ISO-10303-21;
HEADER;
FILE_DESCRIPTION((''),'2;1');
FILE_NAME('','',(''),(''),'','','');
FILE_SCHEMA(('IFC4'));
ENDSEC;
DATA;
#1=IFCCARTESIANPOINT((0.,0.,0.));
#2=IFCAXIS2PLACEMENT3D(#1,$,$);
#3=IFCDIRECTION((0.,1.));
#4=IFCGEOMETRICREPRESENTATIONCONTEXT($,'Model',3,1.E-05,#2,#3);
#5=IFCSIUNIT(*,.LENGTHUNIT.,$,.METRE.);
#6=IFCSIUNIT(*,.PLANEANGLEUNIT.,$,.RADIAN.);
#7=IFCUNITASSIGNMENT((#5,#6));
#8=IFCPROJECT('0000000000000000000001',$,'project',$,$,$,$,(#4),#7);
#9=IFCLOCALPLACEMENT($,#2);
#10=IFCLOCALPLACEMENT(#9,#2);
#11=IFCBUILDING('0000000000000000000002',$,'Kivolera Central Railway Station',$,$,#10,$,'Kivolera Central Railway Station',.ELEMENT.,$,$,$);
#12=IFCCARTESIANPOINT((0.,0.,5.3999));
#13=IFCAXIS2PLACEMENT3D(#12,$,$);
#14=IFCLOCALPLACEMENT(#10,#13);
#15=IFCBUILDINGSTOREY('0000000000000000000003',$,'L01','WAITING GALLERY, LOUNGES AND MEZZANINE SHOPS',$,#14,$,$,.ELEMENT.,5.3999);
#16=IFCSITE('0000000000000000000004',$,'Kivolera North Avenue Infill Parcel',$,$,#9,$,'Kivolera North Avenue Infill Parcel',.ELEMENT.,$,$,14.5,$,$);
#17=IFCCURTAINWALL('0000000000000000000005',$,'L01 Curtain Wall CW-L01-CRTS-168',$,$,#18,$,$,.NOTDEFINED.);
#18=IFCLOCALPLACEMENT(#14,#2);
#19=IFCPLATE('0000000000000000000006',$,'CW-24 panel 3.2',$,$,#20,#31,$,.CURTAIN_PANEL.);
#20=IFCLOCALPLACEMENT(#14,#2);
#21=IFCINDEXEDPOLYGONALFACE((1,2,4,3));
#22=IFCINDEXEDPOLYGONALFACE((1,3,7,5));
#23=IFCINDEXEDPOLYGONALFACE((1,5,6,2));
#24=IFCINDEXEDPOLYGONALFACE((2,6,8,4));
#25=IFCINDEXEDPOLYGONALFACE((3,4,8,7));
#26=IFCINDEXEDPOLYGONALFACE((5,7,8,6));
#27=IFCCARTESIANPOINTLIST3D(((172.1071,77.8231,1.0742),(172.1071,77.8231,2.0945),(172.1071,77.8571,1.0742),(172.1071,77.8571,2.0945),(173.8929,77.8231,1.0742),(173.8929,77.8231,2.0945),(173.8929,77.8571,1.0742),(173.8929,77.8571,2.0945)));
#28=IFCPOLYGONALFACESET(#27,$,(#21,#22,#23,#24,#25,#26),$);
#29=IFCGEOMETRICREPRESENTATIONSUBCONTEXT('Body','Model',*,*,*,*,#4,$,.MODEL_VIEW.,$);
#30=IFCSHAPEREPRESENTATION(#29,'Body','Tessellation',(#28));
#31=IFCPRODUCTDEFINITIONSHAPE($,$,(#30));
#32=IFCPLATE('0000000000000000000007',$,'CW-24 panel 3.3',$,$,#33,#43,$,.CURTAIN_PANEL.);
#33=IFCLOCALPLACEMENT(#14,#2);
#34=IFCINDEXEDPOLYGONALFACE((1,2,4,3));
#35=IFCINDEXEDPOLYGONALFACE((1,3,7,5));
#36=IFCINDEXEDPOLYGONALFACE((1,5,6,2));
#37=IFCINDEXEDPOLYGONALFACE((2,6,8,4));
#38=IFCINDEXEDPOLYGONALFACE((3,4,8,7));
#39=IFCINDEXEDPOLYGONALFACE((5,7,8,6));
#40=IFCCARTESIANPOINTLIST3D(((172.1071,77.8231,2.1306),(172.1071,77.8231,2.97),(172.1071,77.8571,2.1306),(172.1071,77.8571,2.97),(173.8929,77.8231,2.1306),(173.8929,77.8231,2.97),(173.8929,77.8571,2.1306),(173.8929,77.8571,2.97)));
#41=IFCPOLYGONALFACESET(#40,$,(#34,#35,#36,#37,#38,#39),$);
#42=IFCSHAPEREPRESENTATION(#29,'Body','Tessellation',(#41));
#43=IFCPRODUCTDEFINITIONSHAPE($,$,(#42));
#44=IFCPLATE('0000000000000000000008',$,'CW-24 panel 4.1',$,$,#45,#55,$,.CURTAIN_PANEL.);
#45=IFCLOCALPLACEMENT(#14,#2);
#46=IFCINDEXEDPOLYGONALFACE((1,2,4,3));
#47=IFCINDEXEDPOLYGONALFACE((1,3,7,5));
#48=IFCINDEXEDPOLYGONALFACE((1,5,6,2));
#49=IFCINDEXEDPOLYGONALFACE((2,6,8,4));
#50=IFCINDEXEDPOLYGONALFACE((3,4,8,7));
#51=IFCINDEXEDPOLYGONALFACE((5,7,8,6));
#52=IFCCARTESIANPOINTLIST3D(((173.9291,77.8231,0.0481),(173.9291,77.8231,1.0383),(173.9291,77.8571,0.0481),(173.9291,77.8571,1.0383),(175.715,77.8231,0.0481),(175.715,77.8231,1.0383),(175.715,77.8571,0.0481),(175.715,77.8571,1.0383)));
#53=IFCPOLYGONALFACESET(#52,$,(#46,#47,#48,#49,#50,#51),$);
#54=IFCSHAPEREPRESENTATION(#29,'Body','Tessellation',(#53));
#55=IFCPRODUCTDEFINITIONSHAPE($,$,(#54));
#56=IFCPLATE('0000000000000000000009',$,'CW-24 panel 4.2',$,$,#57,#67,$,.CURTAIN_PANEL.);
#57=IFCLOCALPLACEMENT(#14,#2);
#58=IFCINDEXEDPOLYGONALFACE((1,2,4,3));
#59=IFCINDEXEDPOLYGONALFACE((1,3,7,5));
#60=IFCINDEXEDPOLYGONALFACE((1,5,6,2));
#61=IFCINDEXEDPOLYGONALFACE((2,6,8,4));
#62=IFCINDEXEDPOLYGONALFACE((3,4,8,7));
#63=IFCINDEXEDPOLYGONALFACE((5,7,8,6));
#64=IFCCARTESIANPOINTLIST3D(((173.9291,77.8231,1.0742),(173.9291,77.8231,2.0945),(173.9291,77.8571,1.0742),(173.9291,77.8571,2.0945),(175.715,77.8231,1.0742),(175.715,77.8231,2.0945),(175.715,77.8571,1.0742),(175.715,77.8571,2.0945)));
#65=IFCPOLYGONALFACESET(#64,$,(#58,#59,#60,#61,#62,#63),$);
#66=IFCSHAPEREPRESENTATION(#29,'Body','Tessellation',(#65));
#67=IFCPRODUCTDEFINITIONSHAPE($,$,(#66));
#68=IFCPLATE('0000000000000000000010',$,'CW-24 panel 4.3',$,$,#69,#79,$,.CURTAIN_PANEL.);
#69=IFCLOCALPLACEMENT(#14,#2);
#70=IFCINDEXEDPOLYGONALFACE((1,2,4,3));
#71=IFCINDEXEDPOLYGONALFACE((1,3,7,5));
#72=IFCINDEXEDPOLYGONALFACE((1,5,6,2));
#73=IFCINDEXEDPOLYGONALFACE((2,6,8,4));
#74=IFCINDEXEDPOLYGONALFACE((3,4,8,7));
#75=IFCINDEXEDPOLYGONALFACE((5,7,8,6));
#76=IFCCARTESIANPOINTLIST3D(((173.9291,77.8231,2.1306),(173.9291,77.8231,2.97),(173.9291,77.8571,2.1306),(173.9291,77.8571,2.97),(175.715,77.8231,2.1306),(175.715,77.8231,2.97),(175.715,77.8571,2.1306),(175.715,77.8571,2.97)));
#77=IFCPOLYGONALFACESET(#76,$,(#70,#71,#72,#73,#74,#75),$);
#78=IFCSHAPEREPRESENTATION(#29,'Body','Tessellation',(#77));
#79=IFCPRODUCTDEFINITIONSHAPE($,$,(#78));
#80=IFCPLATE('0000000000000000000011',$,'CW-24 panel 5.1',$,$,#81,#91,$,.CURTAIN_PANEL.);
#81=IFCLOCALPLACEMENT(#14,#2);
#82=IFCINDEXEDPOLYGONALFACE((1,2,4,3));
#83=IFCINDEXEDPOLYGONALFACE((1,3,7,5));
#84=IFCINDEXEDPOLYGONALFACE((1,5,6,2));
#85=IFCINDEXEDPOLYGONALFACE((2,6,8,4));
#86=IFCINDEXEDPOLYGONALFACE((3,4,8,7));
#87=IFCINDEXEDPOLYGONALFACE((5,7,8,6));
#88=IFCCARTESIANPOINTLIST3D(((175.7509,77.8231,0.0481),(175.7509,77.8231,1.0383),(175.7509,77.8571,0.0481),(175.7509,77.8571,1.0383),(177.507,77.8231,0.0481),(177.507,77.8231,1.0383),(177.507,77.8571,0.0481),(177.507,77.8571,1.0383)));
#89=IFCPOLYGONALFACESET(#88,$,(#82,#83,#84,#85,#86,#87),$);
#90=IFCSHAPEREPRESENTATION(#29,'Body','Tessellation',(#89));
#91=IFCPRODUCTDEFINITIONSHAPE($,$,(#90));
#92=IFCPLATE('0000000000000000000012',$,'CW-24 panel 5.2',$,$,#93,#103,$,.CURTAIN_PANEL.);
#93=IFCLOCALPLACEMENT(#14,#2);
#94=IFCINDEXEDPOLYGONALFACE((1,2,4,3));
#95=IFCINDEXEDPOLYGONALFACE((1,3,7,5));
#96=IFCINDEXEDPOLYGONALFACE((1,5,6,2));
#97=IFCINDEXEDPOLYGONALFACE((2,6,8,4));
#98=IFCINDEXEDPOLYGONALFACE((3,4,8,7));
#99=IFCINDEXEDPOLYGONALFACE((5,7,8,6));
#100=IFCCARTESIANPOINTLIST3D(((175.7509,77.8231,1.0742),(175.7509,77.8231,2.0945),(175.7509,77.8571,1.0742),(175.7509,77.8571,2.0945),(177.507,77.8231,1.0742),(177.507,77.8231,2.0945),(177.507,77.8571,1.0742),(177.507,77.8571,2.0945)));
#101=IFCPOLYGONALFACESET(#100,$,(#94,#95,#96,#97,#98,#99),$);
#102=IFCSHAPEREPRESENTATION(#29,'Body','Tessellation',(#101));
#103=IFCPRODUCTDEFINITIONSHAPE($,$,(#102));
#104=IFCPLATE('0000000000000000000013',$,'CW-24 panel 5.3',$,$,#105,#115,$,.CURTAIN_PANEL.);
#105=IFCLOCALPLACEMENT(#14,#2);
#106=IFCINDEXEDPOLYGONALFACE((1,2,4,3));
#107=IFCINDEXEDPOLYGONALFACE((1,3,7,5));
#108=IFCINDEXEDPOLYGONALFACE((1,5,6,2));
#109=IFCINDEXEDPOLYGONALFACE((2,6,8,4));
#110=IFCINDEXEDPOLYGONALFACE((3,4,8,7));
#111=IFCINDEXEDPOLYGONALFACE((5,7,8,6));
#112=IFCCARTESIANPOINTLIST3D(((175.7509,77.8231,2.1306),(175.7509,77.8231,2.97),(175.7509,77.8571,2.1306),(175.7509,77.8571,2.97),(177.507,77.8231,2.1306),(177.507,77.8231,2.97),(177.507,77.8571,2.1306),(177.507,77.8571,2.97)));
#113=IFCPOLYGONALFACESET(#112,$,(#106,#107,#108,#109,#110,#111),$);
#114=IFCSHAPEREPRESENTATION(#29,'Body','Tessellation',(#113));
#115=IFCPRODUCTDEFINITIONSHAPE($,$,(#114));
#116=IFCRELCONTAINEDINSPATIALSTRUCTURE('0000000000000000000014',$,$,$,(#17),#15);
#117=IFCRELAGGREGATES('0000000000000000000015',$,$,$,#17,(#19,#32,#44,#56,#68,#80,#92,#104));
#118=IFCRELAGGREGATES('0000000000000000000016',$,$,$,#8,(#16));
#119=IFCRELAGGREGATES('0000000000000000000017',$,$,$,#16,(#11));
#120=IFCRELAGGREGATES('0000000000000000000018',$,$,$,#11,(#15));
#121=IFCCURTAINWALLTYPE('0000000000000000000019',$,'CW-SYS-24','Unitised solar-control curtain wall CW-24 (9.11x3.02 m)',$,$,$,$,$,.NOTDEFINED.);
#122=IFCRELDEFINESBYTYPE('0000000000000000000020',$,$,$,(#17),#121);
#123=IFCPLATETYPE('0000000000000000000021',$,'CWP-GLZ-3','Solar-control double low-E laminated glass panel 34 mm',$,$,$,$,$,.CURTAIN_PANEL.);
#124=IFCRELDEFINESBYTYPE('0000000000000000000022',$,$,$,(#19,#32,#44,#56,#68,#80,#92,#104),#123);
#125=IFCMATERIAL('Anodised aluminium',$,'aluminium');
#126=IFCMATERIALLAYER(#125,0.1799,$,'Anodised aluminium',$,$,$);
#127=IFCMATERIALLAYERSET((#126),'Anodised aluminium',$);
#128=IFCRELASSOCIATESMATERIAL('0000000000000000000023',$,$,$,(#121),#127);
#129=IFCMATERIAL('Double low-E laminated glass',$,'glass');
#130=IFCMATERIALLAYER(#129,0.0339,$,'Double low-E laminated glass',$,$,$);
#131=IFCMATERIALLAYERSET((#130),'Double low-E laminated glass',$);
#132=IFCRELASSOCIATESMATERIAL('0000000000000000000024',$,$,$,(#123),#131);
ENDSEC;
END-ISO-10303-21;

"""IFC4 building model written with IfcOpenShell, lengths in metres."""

from ifc_helpers import new_model, si_unit, direction, frame, origin, origin_2d, place, context, subcontext, project, spatial, rectangle, extrude, material, layer, layer_set, type_object, element, aggregate, save


model = new_model("IFC4")

# Units and contexts
model_context = context("Model", 3, precision=1e-05, world=origin(), true_north=direction((0.0, 1.0)))
body_context = subcontext(model_context, "Body", "Model", "MODEL_VIEW")
ifc_project = project(units=[si_unit("LENGTHUNIT", "METRE"), si_unit("PLANEANGLEUNIT", "RADIAN")], contexts=[model_context])

# Site, building, storey
site_placement = place(None, origin())
site = spatial("IfcSite", under=ifc_project, at=site_placement, Name="Kivolera North Avenue Infill Parcel", LongName="Kivolera North Avenue Infill Parcel", CompositionType="ELEMENT", RefElevation=14.5)
building_placement = place(site_placement, origin())
building = spatial("IfcBuilding", under=site, at=building_placement, Name="Kivolera Central Railway Station", LongName="Kivolera Central Railway Station", CompositionType="ELEMENT")
storey_placement = place(building_placement, frame((0.0, 0.0, 5.3999)))
storey = spatial("IfcBuildingStorey", under=building, at=storey_placement, Name="L01", Description="WAITING GALLERY, LOUNGES AND MEZZANINE SHOPS", CompositionType="ELEMENT", Elevation=5.3999)

# Curtain wall, plates
ifc_material_1 = material(Name="Anodised aluminium", Category="aluminium")
ifc_layer_1 = layer(ifc_material_1, 0.1799, Name="Anodised aluminium")
ifc_layer_set_1 = layer_set([ifc_layer_1], Name="Anodised aluminium")
curtain_wall_type = type_object("IfcCurtainWallType", Name="CW-SYS-24", Description="Unitised solar-control curtain wall CW-24 (9.11x3.02 m)", PredefinedType="NOTDEFINED", material=ifc_layer_set_1)
curtain_wall_placement = place(storey_placement, origin())
curtain_wall = element("IfcCurtainWall", 1, at=curtain_wall_placement, inside=storey, type_object=curtain_wall_type, Name="L01 Curtain Wall CW-L01-CRTS-168", PredefinedType="NOTDEFINED")
ifc_material_2 = material(Name="Double low-E laminated glass", Category="glass")
ifc_layer_2 = layer(ifc_material_2, 0.0339, Name="Double low-E laminated glass")
ifc_layer_set_2 = layer_set([ifc_layer_2], Name="Double low-E laminated glass")
plate_type = type_object("IfcPlateType", Name="CWP-GLZ-3", Description="Solar-control double low-E laminated glass panel 34 mm", PredefinedType="CURTAIN_PANEL", material=ifc_layer_set_2)
plate_1_placement = place(storey_placement, frame((173.0, 77.8401, 1.0742), z_axis=(0.0, 0.0, 1.0), x_axis=(1.0, 0.0, 0.0)))
plate_1 = element("IfcPlate", 2, at=plate_1_placement, type_object=plate_type, Name="CW-24 panel 3.2", PredefinedType="CURTAIN_PANEL", context=body_context, shape_type="SweptSolid", body=[
    extrude(rectangle(XDim=1.7859, YDim=0.0339, at=origin_2d()), origin(), (0.0, 0.0, 1.0), 1.0203),
])
plate_2_placement = place(storey_placement, frame((173.0, 77.8401, 2.1306), z_axis=(0.0, 0.0, 1.0), x_axis=(1.0, 0.0, 0.0)))
plate_2 = element("IfcPlate", 3, at=plate_2_placement, type_object=plate_type, Name="CW-24 panel 3.3", PredefinedType="CURTAIN_PANEL", context=body_context, shape_type="SweptSolid", body=[
    extrude(rectangle(XDim=1.7859, YDim=0.0339, at=origin_2d()), origin(), (0.0, 0.0, 1.0), 0.8394),
])
plate_3_placement = place(storey_placement, frame((174.822, 77.8401, 0.0481), z_axis=(0.0, 0.0, 1.0), x_axis=(1.0, 0.0, 0.0)))
plate_3 = element("IfcPlate", 4, at=plate_3_placement, type_object=plate_type, Name="CW-24 panel 4.1", PredefinedType="CURTAIN_PANEL", context=body_context, shape_type="SweptSolid", body=[
    extrude(rectangle(XDim=1.7859, YDim=0.0339, at=origin_2d()), origin(), (0.0, 0.0, 1.0), 0.9902),
])
plate_4_placement = place(storey_placement, frame((174.822, 77.8401, 1.0742), z_axis=(0.0, 0.0, 1.0), x_axis=(1.0, 0.0, 0.0)))
plate_4 = element("IfcPlate", 5, at=plate_4_placement, type_object=plate_type, Name="CW-24 panel 4.2", PredefinedType="CURTAIN_PANEL", context=body_context, shape_type="SweptSolid", body=[
    extrude(rectangle(XDim=1.7859, YDim=0.0339, at=origin_2d()), origin(), (0.0, 0.0, 1.0), 1.0203),
])
plate_5_placement = place(storey_placement, frame((174.822, 77.8401, 2.1306), z_axis=(0.0, 0.0, 1.0), x_axis=(1.0, 0.0, 0.0)))
plate_5 = element("IfcPlate", 6, at=plate_5_placement, type_object=plate_type, Name="CW-24 panel 4.3", PredefinedType="CURTAIN_PANEL", context=body_context, shape_type="SweptSolid", body=[
    extrude(rectangle(XDim=1.7859, YDim=0.0339, at=origin_2d()), origin(), (0.0, 0.0, 1.0), 0.8394),
])
plate_6_placement = place(storey_placement, frame((176.6289, 77.8401, 0.0481), z_axis=(0.0, 0.0, 1.0), x_axis=(1.0, 0.0, 0.0)))
plate_6 = element("IfcPlate", 7, at=plate_6_placement, type_object=plate_type, Name="CW-24 panel 5.1", PredefinedType="CURTAIN_PANEL", context=body_context, shape_type="SweptSolid", body=[
    extrude(rectangle(XDim=1.7561, YDim=0.0339, at=origin_2d()), origin(), (0.0, 0.0, 1.0), 0.9902),
])
plate_7_placement = place(storey_placement, frame((176.6289, 77.8401, 1.0742), z_axis=(0.0, 0.0, 1.0), x_axis=(1.0, 0.0, 0.0)))
plate_7 = element("IfcPlate", 8, at=plate_7_placement, type_object=plate_type, Name="CW-24 panel 5.2", PredefinedType="CURTAIN_PANEL", context=body_context, shape_type="SweptSolid", body=[
    extrude(rectangle(XDim=1.7561, YDim=0.0339, at=origin_2d()), origin(), (0.0, 0.0, 1.0), 1.0203),
])
plate_8_placement = place(storey_placement, frame((176.6289, 77.8401, 2.1306), z_axis=(0.0, 0.0, 1.0), x_axis=(1.0, 0.0, 0.0)))
plate_8 = element("IfcPlate", 9, at=plate_8_placement, type_object=plate_type, Name="CW-24 panel 5.3", PredefinedType="CURTAIN_PANEL", context=body_context, shape_type="SweptSolid", body=[
    extrude(rectangle(XDim=1.7561, YDim=0.0339, at=origin_2d()), origin(), (0.0, 0.0, 1.0), 0.8394),
])
aggregate(curtain_wall, [plate_1, plate_2, plate_3, plate_4, plate_5, plate_6, plate_7, plate_8])

save(model, "model.ifc")
